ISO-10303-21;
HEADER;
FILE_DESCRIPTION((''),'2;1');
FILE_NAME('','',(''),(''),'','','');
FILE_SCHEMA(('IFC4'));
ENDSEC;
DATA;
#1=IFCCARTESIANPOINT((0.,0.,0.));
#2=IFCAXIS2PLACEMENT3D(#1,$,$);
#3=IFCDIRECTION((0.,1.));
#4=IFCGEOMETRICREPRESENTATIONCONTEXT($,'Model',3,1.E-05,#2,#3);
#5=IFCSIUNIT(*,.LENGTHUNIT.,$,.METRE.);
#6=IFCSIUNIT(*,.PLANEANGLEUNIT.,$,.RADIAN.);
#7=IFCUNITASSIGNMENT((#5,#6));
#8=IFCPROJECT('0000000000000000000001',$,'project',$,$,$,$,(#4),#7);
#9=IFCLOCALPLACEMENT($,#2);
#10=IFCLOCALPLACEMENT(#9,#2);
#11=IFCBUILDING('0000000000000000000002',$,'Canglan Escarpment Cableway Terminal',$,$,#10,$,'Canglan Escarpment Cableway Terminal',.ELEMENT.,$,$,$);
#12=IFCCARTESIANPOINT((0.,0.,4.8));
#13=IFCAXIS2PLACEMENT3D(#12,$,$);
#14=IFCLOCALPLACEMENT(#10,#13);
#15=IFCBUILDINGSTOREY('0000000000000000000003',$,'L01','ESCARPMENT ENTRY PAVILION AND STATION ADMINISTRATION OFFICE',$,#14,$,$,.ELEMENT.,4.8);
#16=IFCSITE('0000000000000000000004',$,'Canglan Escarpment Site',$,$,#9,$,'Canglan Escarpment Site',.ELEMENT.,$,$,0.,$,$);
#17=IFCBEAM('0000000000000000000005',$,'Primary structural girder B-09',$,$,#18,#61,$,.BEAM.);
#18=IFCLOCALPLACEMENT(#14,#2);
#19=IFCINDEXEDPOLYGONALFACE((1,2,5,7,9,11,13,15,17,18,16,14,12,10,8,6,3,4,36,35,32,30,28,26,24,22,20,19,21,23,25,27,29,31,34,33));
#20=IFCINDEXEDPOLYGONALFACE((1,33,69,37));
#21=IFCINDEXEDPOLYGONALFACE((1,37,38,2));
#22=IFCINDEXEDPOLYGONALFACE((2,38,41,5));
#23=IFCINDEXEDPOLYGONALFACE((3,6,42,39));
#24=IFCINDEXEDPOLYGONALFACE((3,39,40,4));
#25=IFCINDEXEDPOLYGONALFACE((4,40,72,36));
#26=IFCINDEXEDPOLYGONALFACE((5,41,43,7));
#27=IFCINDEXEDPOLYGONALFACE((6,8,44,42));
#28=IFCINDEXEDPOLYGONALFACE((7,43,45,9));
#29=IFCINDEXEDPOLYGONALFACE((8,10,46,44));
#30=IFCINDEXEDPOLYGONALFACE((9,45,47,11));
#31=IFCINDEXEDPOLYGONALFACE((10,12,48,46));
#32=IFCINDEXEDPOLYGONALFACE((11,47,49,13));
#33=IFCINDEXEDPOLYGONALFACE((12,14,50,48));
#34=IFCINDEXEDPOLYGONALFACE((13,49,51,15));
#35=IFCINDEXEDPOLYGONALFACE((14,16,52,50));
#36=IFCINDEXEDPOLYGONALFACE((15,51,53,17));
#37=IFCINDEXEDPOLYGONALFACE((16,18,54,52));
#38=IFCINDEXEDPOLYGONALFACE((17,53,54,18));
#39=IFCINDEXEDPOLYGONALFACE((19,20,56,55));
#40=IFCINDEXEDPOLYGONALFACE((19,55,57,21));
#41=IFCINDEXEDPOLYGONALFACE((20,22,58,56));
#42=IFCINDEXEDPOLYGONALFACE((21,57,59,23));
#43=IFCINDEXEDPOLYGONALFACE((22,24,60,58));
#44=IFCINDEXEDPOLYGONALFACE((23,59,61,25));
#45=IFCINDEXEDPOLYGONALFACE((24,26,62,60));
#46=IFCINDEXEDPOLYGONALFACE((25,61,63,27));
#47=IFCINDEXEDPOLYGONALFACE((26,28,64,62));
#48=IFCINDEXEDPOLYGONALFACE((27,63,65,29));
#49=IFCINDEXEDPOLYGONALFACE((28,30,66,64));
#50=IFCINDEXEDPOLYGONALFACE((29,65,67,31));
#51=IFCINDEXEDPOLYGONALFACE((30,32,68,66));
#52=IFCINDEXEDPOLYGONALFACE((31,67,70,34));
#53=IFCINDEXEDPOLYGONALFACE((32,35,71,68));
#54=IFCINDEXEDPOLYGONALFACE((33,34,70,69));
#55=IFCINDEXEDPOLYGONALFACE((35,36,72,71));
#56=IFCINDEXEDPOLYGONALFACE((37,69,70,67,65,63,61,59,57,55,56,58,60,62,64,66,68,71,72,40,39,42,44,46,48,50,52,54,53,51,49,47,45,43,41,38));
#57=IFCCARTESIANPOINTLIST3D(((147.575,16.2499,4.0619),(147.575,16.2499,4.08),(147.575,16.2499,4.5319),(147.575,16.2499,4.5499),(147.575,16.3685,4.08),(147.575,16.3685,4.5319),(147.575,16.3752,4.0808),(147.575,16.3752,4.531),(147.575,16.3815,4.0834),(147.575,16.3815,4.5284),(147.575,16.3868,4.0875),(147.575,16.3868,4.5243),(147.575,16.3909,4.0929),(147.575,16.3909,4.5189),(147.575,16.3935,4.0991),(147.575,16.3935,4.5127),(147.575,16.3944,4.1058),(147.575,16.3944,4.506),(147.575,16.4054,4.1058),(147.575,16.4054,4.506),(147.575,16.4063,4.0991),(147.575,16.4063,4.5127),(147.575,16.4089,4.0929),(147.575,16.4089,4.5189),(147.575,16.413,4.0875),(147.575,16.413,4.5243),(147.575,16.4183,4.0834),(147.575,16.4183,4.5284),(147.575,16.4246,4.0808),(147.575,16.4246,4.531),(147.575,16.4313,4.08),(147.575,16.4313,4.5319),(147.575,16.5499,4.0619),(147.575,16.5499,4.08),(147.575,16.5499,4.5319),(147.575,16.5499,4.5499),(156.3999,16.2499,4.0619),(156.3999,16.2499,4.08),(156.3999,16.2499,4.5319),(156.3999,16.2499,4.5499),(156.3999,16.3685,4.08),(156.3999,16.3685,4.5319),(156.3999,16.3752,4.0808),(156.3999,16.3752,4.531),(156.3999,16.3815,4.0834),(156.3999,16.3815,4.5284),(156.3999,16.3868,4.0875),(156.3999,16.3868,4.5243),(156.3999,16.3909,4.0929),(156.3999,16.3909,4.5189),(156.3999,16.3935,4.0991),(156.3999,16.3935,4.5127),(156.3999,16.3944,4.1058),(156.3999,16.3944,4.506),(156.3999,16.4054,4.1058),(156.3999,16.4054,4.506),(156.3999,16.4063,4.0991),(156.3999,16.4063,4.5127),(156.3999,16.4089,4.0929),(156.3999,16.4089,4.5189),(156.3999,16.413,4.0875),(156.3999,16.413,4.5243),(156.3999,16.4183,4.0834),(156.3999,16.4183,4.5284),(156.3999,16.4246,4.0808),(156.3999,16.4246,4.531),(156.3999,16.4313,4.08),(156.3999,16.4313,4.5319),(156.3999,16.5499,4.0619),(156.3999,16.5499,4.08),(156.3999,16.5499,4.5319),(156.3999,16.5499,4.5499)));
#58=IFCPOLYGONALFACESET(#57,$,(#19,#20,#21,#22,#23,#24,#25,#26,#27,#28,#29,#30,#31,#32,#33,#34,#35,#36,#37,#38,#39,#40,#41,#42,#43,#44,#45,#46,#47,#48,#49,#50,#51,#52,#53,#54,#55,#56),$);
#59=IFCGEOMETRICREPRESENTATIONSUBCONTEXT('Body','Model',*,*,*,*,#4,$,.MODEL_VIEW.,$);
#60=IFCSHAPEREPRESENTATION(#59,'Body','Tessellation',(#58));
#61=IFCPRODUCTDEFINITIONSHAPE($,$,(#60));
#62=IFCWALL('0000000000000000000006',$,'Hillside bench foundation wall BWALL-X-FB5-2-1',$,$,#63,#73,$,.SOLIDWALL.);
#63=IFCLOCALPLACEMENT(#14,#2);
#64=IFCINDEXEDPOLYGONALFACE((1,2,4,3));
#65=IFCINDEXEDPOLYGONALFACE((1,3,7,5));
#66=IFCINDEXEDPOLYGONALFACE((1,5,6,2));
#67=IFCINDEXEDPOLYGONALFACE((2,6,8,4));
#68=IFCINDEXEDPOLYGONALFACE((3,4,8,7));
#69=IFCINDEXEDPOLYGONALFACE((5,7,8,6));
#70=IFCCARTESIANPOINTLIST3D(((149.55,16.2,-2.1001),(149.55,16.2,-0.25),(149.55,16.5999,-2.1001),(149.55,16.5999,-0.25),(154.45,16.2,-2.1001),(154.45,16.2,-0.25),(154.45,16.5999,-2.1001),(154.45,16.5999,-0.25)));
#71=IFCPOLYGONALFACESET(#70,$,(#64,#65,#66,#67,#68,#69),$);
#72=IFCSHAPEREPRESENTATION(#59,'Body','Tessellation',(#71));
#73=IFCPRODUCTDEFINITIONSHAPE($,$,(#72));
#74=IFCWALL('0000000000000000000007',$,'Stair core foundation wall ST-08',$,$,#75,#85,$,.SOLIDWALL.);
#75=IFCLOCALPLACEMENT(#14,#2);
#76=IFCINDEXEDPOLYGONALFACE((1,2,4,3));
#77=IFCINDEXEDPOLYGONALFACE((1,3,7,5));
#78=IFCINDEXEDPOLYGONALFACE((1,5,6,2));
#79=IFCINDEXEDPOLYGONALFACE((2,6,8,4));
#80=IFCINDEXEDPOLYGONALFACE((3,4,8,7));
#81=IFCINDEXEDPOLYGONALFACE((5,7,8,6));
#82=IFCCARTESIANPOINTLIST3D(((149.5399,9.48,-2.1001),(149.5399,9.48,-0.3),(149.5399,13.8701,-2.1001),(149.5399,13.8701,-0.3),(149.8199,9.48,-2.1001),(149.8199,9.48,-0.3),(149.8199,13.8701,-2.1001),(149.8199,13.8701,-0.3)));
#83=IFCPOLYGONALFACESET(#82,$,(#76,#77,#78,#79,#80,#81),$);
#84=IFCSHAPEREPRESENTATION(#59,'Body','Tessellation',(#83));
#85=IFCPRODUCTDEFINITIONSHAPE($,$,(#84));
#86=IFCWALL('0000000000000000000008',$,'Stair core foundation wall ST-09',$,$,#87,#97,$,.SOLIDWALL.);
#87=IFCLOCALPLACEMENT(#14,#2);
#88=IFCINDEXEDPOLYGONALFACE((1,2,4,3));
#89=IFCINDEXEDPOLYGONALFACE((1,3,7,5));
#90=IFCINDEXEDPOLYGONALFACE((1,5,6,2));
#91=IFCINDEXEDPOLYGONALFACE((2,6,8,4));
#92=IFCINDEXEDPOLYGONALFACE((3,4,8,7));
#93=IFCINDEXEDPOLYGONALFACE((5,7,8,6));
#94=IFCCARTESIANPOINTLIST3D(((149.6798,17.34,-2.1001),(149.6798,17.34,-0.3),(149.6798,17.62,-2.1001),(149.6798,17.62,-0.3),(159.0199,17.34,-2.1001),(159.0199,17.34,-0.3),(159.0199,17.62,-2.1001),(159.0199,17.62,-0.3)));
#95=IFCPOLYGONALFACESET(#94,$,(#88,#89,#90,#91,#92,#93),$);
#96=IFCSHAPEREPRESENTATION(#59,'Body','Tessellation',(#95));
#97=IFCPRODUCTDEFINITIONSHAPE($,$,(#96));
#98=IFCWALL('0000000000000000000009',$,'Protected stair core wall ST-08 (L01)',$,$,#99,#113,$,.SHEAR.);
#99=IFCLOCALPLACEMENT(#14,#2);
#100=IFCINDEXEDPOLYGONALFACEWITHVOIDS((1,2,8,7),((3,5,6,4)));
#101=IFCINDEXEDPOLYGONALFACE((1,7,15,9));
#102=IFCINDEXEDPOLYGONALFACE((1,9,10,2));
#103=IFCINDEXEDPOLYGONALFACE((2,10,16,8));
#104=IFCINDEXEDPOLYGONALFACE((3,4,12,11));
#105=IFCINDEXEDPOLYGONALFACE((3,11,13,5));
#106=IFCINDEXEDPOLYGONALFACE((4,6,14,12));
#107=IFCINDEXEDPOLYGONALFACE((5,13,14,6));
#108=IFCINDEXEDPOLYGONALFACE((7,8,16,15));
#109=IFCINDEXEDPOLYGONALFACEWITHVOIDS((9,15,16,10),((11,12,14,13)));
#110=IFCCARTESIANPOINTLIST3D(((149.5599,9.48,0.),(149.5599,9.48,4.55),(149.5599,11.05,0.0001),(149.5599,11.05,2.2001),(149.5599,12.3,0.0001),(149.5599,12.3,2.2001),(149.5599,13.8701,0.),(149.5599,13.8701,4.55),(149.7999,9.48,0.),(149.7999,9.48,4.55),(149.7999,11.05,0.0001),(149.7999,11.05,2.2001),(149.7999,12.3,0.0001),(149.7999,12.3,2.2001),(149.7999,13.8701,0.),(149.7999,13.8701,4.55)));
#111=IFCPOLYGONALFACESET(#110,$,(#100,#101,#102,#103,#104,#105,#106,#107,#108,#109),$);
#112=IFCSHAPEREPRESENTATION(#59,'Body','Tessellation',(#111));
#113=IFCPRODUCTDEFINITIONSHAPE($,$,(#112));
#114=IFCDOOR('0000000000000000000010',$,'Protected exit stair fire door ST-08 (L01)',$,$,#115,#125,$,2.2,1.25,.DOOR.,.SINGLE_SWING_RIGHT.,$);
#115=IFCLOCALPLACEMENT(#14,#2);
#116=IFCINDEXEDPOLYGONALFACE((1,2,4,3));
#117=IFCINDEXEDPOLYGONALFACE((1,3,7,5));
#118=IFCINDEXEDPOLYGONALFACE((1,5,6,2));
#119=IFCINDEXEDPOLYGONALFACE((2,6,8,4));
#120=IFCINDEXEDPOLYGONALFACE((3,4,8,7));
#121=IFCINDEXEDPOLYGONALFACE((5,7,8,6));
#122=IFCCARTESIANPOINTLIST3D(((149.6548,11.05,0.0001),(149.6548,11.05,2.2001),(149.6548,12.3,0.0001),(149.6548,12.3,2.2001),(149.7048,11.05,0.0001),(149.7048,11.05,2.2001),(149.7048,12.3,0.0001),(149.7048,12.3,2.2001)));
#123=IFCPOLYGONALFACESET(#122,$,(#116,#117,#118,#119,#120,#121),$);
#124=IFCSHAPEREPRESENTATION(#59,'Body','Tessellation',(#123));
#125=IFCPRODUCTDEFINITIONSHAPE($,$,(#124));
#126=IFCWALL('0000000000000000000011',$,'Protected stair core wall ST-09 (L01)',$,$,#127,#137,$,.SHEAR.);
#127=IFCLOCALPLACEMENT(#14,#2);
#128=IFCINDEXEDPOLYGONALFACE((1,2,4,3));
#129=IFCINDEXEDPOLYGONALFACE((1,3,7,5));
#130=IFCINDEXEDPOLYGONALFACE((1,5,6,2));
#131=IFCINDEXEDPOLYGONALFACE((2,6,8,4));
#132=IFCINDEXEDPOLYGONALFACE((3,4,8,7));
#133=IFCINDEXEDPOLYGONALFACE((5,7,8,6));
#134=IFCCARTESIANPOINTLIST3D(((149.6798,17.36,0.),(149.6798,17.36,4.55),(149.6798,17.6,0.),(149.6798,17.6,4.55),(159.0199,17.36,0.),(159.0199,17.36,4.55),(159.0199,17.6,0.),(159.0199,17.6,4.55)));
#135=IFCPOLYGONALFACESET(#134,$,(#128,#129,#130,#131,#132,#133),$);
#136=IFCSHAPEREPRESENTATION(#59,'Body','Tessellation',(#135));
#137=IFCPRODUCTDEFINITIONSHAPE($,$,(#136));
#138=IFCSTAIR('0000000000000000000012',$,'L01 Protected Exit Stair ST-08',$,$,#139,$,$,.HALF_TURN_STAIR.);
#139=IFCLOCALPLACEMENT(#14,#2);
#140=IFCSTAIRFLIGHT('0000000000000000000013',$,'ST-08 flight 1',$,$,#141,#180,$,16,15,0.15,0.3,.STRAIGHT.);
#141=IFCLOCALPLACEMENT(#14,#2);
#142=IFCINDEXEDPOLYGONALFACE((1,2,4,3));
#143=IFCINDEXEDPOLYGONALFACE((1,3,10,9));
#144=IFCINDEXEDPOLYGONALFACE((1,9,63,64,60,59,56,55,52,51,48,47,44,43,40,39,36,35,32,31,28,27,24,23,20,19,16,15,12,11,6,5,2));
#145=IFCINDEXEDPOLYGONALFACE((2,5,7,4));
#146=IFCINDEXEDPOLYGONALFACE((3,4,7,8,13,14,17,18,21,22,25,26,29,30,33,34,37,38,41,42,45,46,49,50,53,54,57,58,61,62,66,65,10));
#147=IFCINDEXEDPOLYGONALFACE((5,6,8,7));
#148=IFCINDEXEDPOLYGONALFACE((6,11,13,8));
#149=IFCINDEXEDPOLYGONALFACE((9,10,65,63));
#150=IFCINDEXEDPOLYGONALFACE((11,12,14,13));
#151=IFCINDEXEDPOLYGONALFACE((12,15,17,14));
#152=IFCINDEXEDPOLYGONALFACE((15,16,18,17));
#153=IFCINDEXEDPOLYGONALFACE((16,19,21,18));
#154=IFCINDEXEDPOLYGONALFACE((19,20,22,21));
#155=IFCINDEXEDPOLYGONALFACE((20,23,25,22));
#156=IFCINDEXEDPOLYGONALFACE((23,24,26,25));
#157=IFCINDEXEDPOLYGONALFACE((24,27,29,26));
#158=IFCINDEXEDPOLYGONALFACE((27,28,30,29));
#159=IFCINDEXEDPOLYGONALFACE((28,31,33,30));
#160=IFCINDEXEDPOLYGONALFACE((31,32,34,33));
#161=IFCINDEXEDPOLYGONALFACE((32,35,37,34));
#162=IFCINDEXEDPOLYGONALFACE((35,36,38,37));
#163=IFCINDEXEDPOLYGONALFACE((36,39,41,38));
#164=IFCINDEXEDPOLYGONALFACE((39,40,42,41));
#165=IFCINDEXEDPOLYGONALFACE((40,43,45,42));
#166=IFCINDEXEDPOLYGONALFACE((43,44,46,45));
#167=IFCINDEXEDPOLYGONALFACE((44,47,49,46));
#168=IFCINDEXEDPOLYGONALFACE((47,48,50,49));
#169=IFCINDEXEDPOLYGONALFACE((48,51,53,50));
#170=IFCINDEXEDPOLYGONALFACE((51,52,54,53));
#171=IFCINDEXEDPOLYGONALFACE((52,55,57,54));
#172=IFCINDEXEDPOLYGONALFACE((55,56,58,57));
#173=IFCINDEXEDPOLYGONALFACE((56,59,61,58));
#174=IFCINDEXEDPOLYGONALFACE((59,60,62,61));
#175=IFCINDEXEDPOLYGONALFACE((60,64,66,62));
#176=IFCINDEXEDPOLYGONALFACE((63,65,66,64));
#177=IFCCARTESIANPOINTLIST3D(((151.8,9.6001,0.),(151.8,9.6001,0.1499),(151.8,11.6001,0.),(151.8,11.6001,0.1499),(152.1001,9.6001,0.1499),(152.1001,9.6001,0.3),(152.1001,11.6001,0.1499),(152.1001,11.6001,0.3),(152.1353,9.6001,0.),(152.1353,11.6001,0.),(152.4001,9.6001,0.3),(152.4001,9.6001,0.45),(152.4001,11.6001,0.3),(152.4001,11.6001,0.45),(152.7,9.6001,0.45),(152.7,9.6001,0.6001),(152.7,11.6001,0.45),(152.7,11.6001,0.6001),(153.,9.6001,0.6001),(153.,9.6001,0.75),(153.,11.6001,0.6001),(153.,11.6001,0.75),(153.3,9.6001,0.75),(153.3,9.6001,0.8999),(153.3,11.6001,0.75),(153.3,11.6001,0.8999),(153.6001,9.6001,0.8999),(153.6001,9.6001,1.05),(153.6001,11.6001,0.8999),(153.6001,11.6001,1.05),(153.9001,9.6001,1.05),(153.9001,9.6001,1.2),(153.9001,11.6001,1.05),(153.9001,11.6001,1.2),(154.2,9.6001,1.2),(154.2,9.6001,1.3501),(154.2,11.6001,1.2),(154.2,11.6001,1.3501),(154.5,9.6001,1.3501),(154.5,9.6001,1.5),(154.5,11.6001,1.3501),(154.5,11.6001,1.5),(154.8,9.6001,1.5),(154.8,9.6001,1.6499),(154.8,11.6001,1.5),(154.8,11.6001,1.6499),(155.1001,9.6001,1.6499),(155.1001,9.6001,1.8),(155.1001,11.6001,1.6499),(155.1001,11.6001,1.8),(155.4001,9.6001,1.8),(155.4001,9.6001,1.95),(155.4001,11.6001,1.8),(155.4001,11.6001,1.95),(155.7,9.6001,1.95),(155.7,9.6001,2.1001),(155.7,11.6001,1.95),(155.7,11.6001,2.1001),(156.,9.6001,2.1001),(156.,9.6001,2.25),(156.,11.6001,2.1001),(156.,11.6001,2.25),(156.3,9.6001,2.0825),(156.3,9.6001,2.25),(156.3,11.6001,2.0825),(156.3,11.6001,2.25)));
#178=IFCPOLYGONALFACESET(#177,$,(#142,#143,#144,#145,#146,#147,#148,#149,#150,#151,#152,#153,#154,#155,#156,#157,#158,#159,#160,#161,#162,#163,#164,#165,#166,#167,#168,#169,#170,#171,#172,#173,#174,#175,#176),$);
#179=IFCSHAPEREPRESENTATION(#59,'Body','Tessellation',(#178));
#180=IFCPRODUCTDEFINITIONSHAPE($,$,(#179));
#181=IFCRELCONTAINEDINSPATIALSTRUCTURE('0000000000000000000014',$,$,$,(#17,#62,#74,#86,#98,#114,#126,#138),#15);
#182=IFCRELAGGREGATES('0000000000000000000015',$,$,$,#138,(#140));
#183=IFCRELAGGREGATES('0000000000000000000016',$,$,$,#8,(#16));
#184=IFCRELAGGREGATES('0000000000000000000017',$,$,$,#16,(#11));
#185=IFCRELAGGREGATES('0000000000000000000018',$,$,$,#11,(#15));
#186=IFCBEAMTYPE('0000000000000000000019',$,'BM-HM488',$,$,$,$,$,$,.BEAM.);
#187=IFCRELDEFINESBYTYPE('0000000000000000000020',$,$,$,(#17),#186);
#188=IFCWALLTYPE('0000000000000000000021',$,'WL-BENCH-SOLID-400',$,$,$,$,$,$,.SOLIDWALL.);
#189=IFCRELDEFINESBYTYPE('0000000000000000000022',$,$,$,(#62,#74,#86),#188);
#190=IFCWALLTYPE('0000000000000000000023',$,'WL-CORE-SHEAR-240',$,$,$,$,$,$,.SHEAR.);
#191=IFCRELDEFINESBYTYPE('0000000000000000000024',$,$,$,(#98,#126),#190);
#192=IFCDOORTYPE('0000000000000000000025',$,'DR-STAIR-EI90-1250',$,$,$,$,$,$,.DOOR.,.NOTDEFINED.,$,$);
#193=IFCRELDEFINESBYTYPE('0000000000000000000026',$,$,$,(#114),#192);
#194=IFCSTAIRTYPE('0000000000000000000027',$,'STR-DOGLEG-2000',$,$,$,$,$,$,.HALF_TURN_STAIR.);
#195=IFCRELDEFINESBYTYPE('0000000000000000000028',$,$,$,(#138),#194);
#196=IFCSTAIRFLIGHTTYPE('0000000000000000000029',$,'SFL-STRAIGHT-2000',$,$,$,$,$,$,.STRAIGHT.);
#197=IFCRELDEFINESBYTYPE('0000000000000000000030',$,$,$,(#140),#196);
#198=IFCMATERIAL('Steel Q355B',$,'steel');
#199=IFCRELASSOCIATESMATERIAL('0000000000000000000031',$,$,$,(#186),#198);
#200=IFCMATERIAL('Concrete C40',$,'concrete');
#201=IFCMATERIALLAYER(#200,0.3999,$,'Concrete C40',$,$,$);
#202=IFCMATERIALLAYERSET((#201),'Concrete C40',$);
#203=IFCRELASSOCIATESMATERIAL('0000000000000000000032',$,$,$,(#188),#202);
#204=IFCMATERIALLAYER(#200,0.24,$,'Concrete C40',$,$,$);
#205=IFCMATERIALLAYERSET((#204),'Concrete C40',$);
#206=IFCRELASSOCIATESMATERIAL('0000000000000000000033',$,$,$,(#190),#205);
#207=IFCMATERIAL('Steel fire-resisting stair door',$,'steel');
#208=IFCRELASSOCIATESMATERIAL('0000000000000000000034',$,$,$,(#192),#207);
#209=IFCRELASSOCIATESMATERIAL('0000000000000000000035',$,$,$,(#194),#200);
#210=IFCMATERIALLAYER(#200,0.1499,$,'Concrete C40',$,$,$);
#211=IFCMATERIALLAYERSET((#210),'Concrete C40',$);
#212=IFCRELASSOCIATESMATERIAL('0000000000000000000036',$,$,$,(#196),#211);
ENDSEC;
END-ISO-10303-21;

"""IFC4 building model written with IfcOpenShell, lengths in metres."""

from ifc_helpers import new_model, si_unit, direction, frame, frame_2d, origin, origin_2d, place, context, subcontext, project, spatial, polyline, rectangle, i_section, outline, extrude, material, layer, layer_set, material_profile, profile_set, type_object, element, fill, aggregate, save


model = new_model("IFC4")

# Units and contexts
model_context = context("Model", 3, precision=1e-05, world=origin(), true_north=direction((0.0, 1.0)))
body_context = subcontext(model_context, "Body", "Model", "MODEL_VIEW")
ifc_project = project(units=[si_unit("LENGTHUNIT", "METRE"), si_unit("PLANEANGLEUNIT", "RADIAN")], contexts=[model_context])

# Site, building, storey
site_placement = place(None, origin())
site = spatial("IfcSite", under=ifc_project, at=site_placement, Name="Canglan Escarpment Site", LongName="Canglan Escarpment Site", CompositionType="ELEMENT", RefElevation=0.0)
building_placement = place(site_placement, origin())
building = spatial("IfcBuilding", under=site, at=building_placement, Name="Canglan Escarpment Cableway Terminal", LongName="Canglan Escarpment Cableway Terminal", CompositionType="ELEMENT")
storey_placement = place(building_placement, frame((0.0, 0.0, 4.8)))
storey = spatial("IfcBuildingStorey", under=building, at=storey_placement, Name="L01", Description="ESCARPMENT ENTRY PAVILION AND STATION ADMINISTRATION OFFICE", CompositionType="ELEMENT", Elevation=4.8)

# Shared definitions
ifc_material_1 = material(Name="Concrete C40", Category="concrete")

# Beam
ifc_material_2 = material(Name="Steel Q355B", Category="steel")
ifc_material_profile_1 = material_profile(ifc_material_2, i_section(OverallWidth=0.3, OverallDepth=0.488, WebThickness=0.011, FlangeThickness=0.0181, FilletRadius=0.0259, at=origin_2d()), Name="HM 488x300x11x18")
ifc_profile_set_1 = profile_set([ifc_material_profile_1], Name="Steel Q355B")
beam_type = type_object("IfcBeamType", Name="BM-HM488", PredefinedType="BEAM", material=ifc_profile_set_1)
beam_placement = place(storey_placement, frame((147.575, 16.3999, 4.3059), z_axis=(1.0, 0.0, 0.0), x_axis=(0.0, 1.0, 0.0)))
element("IfcBeam", 1, at=beam_placement, inside=storey, type_object=beam_type, Name="Primary structural girder B-09", PredefinedType="BEAM", context=body_context, shape_type="SweptSolid", body=[
    extrude(i_section(OverallWidth=0.3, OverallDepth=0.488, WebThickness=0.011, FlangeThickness=0.0181, FilletRadius=0.0259, at=origin_2d()), origin(), (0.0, 0.0, 1.0), 8.825),
])

# Walls
ifc_layer_1 = layer(ifc_material_1, 0.3999, Name="Concrete C40")
ifc_layer_set_1 = layer_set([ifc_layer_1], Name="Concrete C40")
wall_type_1 = type_object("IfcWallType", Name="WL-BENCH-SOLID-400", PredefinedType="SOLIDWALL", material=ifc_layer_set_1)
wall_1_placement = place(storey_placement, frame((149.55, 16.3999, -2.1001), z_axis=(0.0, 0.0, 1.0), x_axis=(1.0, 0.0, 0.0)))
element("IfcWall", 2, at=wall_1_placement, inside=storey, type_object=wall_type_1, Name="Hillside bench foundation wall BWALL-X-FB5-2-1", PredefinedType="SOLIDWALL", context=body_context, shape_type="SweptSolid", body=[
    extrude(rectangle(XDim=4.8999, YDim=0.3999, at=frame_2d((2.45, 0.0))), origin(), (0.0, 0.0, 1.0), 1.8501),
])
wall_2_placement = place(storey_placement, frame((149.6799, 13.8701, -2.1001), z_axis=(0.0, 0.0, 1.0), x_axis=(0.0, -1.0, 0.0)))
element("IfcWall", 3, at=wall_2_placement, inside=storey, type_object=wall_type_1, Name="Stair core foundation wall ST-08", PredefinedType="SOLIDWALL", context=body_context, shape_type="SweptSolid", body=[
    extrude(rectangle(XDim=4.3901, YDim=0.28, at=frame_2d((2.1951, 0.0))), origin(), (0.0, 0.0, 1.0), 1.8),
])
wall_3_placement = place(storey_placement, frame((149.6799, 17.48, -2.1001), z_axis=(0.0, 0.0, 1.0), x_axis=(1.0, 0.0, 0.0)))
element("IfcWall", 4, at=wall_3_placement, inside=storey, type_object=wall_type_1, Name="Stair core foundation wall ST-09", PredefinedType="SOLIDWALL", context=body_context, shape_type="SweptSolid", body=[
    extrude(rectangle(XDim=9.3401, YDim=0.28, at=frame_2d((4.6699, 0.0))), origin(), (0.0, 0.0, 1.0), 1.8),
])

# Wall, opening, door
ifc_layer_2 = layer(ifc_material_1, 0.24, Name="Concrete C40")
ifc_layer_set_2 = layer_set([ifc_layer_2], Name="Concrete C40")
wall_type_2 = type_object("IfcWallType", Name="WL-CORE-SHEAR-240", PredefinedType="SHEAR", material=ifc_layer_set_2)
wall_4_placement = place(storey_placement, frame((149.6799, 13.8701, 0.0), z_axis=(0.0, 0.0, 1.0), x_axis=(0.0, -1.0, 0.0)))
wall_4 = element("IfcWall", 5, at=wall_4_placement, inside=storey, type_object=wall_type_2, Name="Protected stair core wall ST-08 (L01)", PredefinedType="SHEAR", context=body_context, shape_type="SweptSolid", body=[
    extrude(rectangle(XDim=4.3901, YDim=0.24, at=frame_2d((2.1951, 0.0))), origin(), (0.0, 0.0, 1.0), 4.55),
])
opening_placement = place(wall_4_placement, frame((1.5701, 0.0, 0.0)))
opening = element("IfcOpeningElement", 6, at=opening_placement, cuts=wall_4, PredefinedType="OPENING", context=body_context, shape_type="SweptSolid", body=[
    extrude(rectangle(XDim=1.25, YDim=2.2, at=frame_2d((0.625, 1.1001))), frame((0.0, 0.1299, 0.0), z_axis=(0.0, -1.0, 0.0), x_axis=(1.0, 0.0, 0.0)), (0.0, 0.0, 1.0), 0.26),
])
ifc_material_3 = material(Name="Steel fire-resisting stair door", Category="steel")
door_type = type_object("IfcDoorType", Name="DR-STAIR-EI90-1250", OperationType="NOTDEFINED", PredefinedType="DOOR", material=ifc_material_3)
door_placement = place(opening_placement, origin())
door = element("IfcDoor", 7, at=door_placement, inside=storey, type_object=door_type, Name="Protected exit stair fire door ST-08 (L01)", OperationType="SINGLE_SWING_RIGHT", OverallHeight=2.2, OverallWidth=1.25, PredefinedType="DOOR", context=body_context, shape_type="SweptSolid", body=[
    extrude(rectangle(XDim=1.25, YDim=2.2, at=frame_2d((0.625, 1.1001))), frame((0.0, 0.0249, 0.0), z_axis=(0.0, -1.0, 0.0), x_axis=(1.0, 0.0, 0.0)), (0.0, 0.0, 1.0), 0.05),
])
fill(opening, door)

# Wall
wall_5_placement = place(storey_placement, frame((149.6799, 17.48, 0.0), z_axis=(0.0, 0.0, 1.0), x_axis=(1.0, 0.0, 0.0)))
element("IfcWall", 8, at=wall_5_placement, inside=storey, type_object=wall_type_2, Name="Protected stair core wall ST-09 (L01)", PredefinedType="SHEAR", context=body_context, shape_type="SweptSolid", body=[
    extrude(rectangle(XDim=9.3401, YDim=0.24, at=frame_2d((4.6699, 0.0))), origin(), (0.0, 0.0, 1.0), 4.55),
])

# Stair, stair flight
stair_type = type_object("IfcStairType", Name="STR-DOGLEG-2000", PredefinedType="HALF_TURN_STAIR", material=ifc_material_1)
stair_placement = place(storey_placement, origin())
stair = element("IfcStair", 9, at=stair_placement, inside=storey, type_object=stair_type, Name="L01 Protected Exit Stair ST-08", PredefinedType="HALF_TURN_STAIR")
ifc_layer_3 = layer(ifc_material_1, 0.1499, Name="Concrete C40")
ifc_layer_set_3 = layer_set([ifc_layer_3], Name="Concrete C40")
stair_flight_type = type_object("IfcStairFlightType", Name="SFL-STRAIGHT-2000", PredefinedType="STRAIGHT", material=ifc_layer_set_3)
stair_flight_1_placement = place(storey_placement, frame((151.8, 10.6001, 0.0), z_axis=(0.0, 0.0, 1.0), x_axis=(1.0, 0.0, 0.0)))
stair_flight_1 = element("IfcStairFlight", 10, at=stair_flight_1_placement, type_object=stair_flight_type, Name="ST-08 flight 1", NumberOfRisers=16, NumberOfTreads=15, PredefinedType="STRAIGHT", RiserHeight=0.15, TreadLength=0.3, context=body_context, shape_type="SweptSolid", body=[
    extrude(outline(polyline([(0.0, 0.0), (0.0, 0.1499), (0.3, 0.1499), (0.3, 0.3), (0.6001, 0.3), (0.6001, 0.45), (0.8999, 0.45), (0.8999, 0.6001), (1.2, 0.6001), (1.2, 0.75), (1.5, 0.75), (1.5, 0.8999), (1.8, 0.8999), (1.8, 1.05), (2.1001, 1.05), (2.1001, 1.2), (2.3999, 1.2), (2.3999, 1.3501), (2.7, 1.3501), (2.7, 1.5), (3.0, 1.5), (3.0, 1.6499), (3.3, 1.6499), (3.3, 1.8), (3.6001, 1.8), (3.6001, 1.95), (3.8999, 1.95), (3.8999, 2.1001), (4.2, 2.1001), (4.2, 2.25), (4.5, 2.25), (4.5, 2.3999), (4.5, 2.0825), (0.3352, 0.0), (0.0, 0.0)])), frame((0.0, 1.0, 0.0), z_axis=(0.0, -1.0, 0.0), x_axis=(1.0, 0.0, 0.0)), (0.0, 0.0, 1.0), 2.0),
])
aggregate(stair, [stair_flight_1])

save(model, "model.ifc")
